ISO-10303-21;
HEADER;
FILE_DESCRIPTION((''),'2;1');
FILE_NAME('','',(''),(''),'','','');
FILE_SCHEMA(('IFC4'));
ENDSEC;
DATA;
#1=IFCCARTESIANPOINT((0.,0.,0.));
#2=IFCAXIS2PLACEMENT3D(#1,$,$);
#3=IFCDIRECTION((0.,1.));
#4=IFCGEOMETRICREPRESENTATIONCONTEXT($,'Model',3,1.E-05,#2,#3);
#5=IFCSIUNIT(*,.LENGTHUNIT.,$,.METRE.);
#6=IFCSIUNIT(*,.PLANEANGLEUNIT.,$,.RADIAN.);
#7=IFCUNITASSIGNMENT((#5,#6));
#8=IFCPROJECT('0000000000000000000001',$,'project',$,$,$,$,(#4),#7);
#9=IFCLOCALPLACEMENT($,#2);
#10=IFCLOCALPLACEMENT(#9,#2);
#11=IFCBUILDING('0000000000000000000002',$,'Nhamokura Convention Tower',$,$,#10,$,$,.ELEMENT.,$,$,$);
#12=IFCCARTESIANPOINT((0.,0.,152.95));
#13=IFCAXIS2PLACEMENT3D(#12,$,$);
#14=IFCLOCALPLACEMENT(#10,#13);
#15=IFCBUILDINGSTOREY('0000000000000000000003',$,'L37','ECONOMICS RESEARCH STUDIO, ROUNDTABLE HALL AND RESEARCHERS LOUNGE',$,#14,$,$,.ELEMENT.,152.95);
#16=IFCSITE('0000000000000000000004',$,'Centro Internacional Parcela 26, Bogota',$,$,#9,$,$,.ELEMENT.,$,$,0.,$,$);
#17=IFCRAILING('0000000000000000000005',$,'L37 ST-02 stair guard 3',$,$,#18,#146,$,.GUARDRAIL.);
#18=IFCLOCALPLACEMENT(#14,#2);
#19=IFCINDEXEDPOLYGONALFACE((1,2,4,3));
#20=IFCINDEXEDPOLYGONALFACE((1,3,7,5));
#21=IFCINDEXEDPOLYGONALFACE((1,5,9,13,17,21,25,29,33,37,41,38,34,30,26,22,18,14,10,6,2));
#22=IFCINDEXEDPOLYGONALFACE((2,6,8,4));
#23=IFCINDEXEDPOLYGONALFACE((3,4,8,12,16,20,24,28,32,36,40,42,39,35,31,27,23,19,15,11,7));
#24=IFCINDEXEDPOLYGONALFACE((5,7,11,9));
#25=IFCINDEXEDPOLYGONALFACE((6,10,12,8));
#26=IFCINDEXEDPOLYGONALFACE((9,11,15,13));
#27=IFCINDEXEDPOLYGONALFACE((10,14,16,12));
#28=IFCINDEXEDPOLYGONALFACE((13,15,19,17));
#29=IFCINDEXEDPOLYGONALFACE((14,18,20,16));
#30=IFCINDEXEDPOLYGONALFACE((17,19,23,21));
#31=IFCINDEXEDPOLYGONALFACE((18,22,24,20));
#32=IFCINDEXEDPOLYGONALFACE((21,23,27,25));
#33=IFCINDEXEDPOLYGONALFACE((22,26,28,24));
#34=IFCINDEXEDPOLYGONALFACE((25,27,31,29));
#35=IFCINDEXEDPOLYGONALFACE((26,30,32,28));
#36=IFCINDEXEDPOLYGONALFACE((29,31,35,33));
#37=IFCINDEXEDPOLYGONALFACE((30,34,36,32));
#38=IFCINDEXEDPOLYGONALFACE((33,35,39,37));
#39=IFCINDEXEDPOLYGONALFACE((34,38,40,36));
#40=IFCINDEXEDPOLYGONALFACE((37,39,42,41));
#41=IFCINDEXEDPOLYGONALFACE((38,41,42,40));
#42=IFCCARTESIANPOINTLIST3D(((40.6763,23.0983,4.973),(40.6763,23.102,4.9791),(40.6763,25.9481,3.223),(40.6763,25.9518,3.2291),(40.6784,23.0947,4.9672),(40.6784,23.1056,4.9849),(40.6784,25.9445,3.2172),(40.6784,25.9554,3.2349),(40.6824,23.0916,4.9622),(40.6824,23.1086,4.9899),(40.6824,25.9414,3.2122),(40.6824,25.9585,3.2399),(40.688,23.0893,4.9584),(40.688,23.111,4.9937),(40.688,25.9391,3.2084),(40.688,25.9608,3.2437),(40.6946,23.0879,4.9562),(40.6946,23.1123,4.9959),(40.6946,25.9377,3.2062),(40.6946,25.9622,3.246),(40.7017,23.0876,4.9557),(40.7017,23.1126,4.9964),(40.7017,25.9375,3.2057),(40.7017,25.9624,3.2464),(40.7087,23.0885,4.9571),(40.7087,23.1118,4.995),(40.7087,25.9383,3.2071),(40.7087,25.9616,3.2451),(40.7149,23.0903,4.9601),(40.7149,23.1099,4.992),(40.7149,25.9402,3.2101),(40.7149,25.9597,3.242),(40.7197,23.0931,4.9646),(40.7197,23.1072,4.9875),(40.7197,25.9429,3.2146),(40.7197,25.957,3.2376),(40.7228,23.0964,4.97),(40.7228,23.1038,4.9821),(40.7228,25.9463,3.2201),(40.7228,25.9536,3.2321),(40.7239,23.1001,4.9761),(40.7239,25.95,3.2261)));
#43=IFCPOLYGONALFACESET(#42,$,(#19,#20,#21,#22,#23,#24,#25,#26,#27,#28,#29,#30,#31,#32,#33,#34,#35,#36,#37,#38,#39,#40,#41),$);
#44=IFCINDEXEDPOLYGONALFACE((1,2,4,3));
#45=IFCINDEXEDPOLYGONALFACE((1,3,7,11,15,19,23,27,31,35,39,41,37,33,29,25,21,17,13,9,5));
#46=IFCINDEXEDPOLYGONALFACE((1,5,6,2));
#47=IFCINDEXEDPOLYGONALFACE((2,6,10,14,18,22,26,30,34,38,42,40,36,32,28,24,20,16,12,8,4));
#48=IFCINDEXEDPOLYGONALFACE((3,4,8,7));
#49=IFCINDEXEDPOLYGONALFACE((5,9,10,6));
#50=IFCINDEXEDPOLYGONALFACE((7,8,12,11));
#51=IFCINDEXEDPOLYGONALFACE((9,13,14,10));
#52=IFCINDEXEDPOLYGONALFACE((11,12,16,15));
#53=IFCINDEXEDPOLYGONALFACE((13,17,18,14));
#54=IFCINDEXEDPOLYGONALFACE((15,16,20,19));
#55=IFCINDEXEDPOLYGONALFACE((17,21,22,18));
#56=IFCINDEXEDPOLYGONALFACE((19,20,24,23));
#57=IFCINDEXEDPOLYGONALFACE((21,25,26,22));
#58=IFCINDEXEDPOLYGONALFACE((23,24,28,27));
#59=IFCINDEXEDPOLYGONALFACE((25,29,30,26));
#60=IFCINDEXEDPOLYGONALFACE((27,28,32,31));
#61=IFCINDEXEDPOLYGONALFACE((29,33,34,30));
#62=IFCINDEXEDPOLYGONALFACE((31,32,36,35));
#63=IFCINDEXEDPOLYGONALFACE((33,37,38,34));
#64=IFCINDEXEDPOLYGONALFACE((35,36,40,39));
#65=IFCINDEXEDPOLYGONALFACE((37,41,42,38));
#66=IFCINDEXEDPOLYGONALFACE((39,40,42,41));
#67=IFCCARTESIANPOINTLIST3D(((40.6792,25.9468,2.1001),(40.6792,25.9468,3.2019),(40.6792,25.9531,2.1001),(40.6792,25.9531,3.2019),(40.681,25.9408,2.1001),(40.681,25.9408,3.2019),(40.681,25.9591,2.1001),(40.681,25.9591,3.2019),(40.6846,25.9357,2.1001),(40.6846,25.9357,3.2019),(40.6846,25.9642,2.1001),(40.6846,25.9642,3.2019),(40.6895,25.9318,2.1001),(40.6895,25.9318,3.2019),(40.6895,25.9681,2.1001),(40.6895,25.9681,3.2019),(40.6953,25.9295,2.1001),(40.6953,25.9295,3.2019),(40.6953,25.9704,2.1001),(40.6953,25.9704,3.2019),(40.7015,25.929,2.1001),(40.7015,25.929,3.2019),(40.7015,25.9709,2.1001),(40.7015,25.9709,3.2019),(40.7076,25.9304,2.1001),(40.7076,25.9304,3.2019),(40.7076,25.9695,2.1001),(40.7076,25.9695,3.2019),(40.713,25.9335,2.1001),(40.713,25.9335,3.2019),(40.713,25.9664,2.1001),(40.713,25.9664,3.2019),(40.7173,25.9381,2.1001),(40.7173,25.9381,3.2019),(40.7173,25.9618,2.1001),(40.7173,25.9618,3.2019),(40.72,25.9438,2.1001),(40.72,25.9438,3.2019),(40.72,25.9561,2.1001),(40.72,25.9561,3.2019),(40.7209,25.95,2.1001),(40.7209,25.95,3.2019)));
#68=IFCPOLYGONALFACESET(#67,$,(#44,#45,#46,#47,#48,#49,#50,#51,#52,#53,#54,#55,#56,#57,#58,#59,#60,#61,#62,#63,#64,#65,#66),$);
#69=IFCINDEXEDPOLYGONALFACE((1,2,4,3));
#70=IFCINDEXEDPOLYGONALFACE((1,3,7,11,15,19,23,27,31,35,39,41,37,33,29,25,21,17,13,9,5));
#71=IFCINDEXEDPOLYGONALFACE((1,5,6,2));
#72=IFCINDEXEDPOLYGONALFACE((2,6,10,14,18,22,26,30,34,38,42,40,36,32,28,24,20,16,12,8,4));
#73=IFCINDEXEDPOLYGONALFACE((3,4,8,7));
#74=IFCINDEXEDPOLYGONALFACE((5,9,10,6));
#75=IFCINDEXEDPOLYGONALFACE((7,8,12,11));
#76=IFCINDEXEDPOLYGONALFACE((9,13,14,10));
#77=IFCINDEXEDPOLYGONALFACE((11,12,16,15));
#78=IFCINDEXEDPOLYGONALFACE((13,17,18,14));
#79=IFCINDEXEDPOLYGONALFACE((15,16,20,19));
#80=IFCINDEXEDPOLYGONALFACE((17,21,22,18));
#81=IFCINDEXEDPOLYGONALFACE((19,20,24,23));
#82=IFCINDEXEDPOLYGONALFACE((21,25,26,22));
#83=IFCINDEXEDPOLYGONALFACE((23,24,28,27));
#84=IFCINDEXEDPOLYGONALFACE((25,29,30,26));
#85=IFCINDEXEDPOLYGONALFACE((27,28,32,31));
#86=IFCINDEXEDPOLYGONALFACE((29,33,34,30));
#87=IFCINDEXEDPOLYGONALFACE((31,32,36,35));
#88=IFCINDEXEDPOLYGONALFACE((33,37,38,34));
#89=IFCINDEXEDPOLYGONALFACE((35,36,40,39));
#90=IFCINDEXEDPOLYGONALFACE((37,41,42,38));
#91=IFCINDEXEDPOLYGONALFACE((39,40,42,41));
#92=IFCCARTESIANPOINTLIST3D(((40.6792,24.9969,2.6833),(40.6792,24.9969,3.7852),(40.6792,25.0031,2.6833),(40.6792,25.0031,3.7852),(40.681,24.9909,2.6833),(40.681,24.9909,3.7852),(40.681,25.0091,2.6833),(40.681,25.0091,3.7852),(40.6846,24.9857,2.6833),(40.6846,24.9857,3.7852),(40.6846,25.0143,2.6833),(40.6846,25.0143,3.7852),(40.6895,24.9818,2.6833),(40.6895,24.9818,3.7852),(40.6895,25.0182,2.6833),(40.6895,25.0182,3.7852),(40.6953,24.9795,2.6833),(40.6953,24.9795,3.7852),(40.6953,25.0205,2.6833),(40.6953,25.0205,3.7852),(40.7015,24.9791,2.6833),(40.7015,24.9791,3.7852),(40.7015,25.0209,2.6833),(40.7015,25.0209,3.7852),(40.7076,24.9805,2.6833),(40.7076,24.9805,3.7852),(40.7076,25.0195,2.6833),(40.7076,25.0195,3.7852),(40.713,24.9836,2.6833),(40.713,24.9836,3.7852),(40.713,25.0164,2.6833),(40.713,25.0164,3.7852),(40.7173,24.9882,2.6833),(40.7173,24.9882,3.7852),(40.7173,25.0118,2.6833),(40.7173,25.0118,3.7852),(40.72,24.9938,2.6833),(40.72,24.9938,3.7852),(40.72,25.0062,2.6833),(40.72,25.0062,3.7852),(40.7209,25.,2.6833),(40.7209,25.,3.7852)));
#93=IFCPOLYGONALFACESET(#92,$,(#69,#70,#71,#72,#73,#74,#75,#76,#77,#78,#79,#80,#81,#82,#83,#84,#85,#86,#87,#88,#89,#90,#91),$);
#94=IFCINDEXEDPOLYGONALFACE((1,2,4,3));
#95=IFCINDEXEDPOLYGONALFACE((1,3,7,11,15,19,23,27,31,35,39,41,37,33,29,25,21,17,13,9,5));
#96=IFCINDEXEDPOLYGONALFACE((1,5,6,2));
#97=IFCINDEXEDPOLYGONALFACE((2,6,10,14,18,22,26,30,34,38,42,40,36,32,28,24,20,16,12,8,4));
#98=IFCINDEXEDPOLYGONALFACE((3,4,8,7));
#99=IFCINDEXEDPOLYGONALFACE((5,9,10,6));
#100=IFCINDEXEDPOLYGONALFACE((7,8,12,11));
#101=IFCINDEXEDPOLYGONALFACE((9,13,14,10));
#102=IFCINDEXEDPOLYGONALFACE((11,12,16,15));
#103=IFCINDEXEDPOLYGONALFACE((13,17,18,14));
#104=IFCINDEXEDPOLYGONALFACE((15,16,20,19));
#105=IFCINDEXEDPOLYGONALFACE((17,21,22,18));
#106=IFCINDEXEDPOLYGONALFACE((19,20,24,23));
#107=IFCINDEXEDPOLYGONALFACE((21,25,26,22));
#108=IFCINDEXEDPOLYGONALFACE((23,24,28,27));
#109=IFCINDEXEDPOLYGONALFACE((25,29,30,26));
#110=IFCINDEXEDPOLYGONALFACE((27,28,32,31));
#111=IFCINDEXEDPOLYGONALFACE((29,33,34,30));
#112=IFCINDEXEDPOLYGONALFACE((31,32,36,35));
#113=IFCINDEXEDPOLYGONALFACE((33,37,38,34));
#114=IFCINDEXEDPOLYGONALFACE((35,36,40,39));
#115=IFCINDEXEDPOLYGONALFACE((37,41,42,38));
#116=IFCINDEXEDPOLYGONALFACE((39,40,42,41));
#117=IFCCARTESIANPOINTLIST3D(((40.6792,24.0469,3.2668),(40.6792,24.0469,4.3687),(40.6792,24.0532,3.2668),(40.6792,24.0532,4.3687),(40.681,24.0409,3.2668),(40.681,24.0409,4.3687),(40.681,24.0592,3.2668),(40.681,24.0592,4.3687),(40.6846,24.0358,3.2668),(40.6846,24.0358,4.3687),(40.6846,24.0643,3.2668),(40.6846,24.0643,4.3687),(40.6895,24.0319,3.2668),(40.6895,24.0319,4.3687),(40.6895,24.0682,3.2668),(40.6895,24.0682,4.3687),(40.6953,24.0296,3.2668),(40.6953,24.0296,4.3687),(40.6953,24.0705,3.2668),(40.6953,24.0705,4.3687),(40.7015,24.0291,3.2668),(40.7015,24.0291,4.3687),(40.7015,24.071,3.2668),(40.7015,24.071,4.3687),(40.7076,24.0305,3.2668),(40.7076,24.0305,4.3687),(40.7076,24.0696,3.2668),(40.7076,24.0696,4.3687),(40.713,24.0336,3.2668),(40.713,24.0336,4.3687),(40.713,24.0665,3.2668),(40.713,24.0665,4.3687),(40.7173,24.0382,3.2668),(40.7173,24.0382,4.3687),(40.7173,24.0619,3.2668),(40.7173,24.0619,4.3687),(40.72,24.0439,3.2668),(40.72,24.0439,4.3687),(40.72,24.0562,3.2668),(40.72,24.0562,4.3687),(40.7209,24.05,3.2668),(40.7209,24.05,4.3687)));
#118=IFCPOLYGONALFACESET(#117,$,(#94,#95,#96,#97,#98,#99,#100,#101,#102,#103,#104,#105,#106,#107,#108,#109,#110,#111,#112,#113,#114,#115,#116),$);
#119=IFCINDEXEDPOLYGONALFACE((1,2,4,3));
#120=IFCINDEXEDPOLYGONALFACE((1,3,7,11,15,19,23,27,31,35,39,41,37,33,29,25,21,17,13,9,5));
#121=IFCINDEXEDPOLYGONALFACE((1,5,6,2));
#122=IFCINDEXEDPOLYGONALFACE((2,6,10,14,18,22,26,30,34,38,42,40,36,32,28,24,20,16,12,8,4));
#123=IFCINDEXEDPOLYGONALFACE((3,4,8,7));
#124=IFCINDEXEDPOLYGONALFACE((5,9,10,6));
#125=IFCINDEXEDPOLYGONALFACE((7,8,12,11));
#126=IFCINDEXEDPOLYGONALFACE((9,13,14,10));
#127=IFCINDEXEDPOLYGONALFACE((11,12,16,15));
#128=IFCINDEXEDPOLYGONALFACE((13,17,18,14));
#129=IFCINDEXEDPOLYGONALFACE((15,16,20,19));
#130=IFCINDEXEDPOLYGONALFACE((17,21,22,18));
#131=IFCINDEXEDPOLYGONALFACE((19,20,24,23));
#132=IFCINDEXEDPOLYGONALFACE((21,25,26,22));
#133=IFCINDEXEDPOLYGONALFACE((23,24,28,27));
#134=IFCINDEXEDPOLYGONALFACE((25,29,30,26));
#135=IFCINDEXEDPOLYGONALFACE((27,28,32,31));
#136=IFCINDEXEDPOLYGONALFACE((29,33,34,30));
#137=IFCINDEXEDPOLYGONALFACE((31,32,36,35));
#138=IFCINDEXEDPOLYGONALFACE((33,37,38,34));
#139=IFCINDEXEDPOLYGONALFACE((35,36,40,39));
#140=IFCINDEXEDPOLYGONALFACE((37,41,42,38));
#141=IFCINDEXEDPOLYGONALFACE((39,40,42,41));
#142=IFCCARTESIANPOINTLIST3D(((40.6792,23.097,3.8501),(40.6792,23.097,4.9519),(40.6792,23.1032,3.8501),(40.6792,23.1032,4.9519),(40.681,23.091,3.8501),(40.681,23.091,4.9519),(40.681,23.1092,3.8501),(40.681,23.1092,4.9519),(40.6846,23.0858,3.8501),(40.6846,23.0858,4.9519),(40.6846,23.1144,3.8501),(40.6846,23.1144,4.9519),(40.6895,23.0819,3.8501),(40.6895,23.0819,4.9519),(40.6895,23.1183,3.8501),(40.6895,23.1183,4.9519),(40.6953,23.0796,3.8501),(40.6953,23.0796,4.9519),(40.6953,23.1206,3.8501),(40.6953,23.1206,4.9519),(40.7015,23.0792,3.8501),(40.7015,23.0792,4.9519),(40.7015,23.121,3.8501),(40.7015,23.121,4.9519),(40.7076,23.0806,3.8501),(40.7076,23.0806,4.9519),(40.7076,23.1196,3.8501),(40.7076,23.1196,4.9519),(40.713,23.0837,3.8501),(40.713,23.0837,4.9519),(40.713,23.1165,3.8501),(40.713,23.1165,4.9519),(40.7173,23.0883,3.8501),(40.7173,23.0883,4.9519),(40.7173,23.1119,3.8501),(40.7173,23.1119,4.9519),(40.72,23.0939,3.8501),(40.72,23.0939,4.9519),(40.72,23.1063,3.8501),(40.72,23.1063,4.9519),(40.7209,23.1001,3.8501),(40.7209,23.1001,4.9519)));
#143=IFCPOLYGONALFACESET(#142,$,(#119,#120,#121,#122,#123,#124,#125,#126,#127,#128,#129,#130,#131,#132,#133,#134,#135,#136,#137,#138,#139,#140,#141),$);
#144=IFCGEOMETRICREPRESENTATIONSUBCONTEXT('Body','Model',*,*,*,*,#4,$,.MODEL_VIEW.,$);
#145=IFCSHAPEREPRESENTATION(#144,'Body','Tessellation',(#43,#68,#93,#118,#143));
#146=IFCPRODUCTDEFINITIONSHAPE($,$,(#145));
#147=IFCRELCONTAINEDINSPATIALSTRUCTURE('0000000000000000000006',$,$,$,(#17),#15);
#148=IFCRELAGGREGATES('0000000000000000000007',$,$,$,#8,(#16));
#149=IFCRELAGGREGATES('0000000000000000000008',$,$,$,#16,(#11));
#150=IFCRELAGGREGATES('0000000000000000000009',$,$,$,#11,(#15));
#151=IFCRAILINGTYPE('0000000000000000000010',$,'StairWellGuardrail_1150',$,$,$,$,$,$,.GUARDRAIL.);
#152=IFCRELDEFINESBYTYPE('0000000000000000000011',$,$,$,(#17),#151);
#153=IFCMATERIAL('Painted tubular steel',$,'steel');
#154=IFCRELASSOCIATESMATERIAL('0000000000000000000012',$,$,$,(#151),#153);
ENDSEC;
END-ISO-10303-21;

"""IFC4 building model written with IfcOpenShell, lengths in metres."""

from ifc_helpers import new_model, si_unit, direction, frame, origin, origin_2d, place, context, subcontext, project, spatial, circle, extrude, material, type_object, element, save


model = new_model("IFC4")

# Units and contexts
model_context = context("Model", 3, precision=1e-05, world=origin(), true_north=direction((0.0, 1.0)))
body_context = subcontext(model_context, "Body", "Model", "MODEL_VIEW")
ifc_project = project(units=[si_unit("LENGTHUNIT", "METRE"), si_unit("PLANEANGLEUNIT", "RADIAN")], contexts=[model_context])

# Site, building, storey
site_placement = place(None, origin())
site = spatial("IfcSite", under=ifc_project, at=site_placement, Name="Centro Internacional Parcela 26, Bogota", CompositionType="ELEMENT", RefElevation=0.0)
building_placement = place(site_placement, origin())
building = spatial("IfcBuilding", under=site, at=building_placement, Name="Nhamokura Convention Tower", CompositionType="ELEMENT")
storey_placement = place(building_placement, frame((0.0, 0.0, 152.95)))
storey = spatial("IfcBuildingStorey", under=building, at=storey_placement, Name="L37", Description="ECONOMICS RESEARCH STUDIO, ROUNDTABLE HALL AND RESEARCHERS LOUNGE", CompositionType="ELEMENT", Elevation=152.95)

# Railing
ifc_material_1 = material(Name="Painted tubular steel", Category="steel")
railing_type_1 = type_object("IfcRailingType", Name="StairWellGuardrail_1150", PredefinedType="GUARDRAIL", material=ifc_material_1)
railing_1_placement = place(storey_placement, frame((40.7, 25.95, 2.1001)))
element("IfcRailing", 1, at=railing_1_placement, inside=storey, type_object=railing_type_1, Name="L37 ST-02 stair guard 3", PredefinedType="GUARDRAIL", context=body_context, shape_type="SweptSolid", body=[
    extrude(circle(Radius=0.0239, at=origin_2d()), frame((0.0, 0.0, 1.126), z_axis=(0.0, -0.852159, 0.523283), x_axis=(1.0, 0.0, 0.0)), (0.0, 0.0, 1.0), 3.3442),
    extrude(circle(Radius=0.021, at=origin_2d()), origin(), (0.0, 0.0, 1.0), 1.1018),
    extrude(circle(Radius=0.021, at=origin_2d()), frame((0.0, -0.95, 0.5833)), (0.0, 0.0, 1.0), 1.1018),
    extrude(circle(Radius=0.021, at=origin_2d()), frame((0.0, -1.8999, 1.1667)), (0.0, 0.0, 1.0), 1.1018),
    extrude(circle(Radius=0.021, at=origin_2d()), frame((0.0, -2.8499, 1.75)), (0.0, 0.0, 1.0), 1.1018),
])

save(model, "model.ifc")
